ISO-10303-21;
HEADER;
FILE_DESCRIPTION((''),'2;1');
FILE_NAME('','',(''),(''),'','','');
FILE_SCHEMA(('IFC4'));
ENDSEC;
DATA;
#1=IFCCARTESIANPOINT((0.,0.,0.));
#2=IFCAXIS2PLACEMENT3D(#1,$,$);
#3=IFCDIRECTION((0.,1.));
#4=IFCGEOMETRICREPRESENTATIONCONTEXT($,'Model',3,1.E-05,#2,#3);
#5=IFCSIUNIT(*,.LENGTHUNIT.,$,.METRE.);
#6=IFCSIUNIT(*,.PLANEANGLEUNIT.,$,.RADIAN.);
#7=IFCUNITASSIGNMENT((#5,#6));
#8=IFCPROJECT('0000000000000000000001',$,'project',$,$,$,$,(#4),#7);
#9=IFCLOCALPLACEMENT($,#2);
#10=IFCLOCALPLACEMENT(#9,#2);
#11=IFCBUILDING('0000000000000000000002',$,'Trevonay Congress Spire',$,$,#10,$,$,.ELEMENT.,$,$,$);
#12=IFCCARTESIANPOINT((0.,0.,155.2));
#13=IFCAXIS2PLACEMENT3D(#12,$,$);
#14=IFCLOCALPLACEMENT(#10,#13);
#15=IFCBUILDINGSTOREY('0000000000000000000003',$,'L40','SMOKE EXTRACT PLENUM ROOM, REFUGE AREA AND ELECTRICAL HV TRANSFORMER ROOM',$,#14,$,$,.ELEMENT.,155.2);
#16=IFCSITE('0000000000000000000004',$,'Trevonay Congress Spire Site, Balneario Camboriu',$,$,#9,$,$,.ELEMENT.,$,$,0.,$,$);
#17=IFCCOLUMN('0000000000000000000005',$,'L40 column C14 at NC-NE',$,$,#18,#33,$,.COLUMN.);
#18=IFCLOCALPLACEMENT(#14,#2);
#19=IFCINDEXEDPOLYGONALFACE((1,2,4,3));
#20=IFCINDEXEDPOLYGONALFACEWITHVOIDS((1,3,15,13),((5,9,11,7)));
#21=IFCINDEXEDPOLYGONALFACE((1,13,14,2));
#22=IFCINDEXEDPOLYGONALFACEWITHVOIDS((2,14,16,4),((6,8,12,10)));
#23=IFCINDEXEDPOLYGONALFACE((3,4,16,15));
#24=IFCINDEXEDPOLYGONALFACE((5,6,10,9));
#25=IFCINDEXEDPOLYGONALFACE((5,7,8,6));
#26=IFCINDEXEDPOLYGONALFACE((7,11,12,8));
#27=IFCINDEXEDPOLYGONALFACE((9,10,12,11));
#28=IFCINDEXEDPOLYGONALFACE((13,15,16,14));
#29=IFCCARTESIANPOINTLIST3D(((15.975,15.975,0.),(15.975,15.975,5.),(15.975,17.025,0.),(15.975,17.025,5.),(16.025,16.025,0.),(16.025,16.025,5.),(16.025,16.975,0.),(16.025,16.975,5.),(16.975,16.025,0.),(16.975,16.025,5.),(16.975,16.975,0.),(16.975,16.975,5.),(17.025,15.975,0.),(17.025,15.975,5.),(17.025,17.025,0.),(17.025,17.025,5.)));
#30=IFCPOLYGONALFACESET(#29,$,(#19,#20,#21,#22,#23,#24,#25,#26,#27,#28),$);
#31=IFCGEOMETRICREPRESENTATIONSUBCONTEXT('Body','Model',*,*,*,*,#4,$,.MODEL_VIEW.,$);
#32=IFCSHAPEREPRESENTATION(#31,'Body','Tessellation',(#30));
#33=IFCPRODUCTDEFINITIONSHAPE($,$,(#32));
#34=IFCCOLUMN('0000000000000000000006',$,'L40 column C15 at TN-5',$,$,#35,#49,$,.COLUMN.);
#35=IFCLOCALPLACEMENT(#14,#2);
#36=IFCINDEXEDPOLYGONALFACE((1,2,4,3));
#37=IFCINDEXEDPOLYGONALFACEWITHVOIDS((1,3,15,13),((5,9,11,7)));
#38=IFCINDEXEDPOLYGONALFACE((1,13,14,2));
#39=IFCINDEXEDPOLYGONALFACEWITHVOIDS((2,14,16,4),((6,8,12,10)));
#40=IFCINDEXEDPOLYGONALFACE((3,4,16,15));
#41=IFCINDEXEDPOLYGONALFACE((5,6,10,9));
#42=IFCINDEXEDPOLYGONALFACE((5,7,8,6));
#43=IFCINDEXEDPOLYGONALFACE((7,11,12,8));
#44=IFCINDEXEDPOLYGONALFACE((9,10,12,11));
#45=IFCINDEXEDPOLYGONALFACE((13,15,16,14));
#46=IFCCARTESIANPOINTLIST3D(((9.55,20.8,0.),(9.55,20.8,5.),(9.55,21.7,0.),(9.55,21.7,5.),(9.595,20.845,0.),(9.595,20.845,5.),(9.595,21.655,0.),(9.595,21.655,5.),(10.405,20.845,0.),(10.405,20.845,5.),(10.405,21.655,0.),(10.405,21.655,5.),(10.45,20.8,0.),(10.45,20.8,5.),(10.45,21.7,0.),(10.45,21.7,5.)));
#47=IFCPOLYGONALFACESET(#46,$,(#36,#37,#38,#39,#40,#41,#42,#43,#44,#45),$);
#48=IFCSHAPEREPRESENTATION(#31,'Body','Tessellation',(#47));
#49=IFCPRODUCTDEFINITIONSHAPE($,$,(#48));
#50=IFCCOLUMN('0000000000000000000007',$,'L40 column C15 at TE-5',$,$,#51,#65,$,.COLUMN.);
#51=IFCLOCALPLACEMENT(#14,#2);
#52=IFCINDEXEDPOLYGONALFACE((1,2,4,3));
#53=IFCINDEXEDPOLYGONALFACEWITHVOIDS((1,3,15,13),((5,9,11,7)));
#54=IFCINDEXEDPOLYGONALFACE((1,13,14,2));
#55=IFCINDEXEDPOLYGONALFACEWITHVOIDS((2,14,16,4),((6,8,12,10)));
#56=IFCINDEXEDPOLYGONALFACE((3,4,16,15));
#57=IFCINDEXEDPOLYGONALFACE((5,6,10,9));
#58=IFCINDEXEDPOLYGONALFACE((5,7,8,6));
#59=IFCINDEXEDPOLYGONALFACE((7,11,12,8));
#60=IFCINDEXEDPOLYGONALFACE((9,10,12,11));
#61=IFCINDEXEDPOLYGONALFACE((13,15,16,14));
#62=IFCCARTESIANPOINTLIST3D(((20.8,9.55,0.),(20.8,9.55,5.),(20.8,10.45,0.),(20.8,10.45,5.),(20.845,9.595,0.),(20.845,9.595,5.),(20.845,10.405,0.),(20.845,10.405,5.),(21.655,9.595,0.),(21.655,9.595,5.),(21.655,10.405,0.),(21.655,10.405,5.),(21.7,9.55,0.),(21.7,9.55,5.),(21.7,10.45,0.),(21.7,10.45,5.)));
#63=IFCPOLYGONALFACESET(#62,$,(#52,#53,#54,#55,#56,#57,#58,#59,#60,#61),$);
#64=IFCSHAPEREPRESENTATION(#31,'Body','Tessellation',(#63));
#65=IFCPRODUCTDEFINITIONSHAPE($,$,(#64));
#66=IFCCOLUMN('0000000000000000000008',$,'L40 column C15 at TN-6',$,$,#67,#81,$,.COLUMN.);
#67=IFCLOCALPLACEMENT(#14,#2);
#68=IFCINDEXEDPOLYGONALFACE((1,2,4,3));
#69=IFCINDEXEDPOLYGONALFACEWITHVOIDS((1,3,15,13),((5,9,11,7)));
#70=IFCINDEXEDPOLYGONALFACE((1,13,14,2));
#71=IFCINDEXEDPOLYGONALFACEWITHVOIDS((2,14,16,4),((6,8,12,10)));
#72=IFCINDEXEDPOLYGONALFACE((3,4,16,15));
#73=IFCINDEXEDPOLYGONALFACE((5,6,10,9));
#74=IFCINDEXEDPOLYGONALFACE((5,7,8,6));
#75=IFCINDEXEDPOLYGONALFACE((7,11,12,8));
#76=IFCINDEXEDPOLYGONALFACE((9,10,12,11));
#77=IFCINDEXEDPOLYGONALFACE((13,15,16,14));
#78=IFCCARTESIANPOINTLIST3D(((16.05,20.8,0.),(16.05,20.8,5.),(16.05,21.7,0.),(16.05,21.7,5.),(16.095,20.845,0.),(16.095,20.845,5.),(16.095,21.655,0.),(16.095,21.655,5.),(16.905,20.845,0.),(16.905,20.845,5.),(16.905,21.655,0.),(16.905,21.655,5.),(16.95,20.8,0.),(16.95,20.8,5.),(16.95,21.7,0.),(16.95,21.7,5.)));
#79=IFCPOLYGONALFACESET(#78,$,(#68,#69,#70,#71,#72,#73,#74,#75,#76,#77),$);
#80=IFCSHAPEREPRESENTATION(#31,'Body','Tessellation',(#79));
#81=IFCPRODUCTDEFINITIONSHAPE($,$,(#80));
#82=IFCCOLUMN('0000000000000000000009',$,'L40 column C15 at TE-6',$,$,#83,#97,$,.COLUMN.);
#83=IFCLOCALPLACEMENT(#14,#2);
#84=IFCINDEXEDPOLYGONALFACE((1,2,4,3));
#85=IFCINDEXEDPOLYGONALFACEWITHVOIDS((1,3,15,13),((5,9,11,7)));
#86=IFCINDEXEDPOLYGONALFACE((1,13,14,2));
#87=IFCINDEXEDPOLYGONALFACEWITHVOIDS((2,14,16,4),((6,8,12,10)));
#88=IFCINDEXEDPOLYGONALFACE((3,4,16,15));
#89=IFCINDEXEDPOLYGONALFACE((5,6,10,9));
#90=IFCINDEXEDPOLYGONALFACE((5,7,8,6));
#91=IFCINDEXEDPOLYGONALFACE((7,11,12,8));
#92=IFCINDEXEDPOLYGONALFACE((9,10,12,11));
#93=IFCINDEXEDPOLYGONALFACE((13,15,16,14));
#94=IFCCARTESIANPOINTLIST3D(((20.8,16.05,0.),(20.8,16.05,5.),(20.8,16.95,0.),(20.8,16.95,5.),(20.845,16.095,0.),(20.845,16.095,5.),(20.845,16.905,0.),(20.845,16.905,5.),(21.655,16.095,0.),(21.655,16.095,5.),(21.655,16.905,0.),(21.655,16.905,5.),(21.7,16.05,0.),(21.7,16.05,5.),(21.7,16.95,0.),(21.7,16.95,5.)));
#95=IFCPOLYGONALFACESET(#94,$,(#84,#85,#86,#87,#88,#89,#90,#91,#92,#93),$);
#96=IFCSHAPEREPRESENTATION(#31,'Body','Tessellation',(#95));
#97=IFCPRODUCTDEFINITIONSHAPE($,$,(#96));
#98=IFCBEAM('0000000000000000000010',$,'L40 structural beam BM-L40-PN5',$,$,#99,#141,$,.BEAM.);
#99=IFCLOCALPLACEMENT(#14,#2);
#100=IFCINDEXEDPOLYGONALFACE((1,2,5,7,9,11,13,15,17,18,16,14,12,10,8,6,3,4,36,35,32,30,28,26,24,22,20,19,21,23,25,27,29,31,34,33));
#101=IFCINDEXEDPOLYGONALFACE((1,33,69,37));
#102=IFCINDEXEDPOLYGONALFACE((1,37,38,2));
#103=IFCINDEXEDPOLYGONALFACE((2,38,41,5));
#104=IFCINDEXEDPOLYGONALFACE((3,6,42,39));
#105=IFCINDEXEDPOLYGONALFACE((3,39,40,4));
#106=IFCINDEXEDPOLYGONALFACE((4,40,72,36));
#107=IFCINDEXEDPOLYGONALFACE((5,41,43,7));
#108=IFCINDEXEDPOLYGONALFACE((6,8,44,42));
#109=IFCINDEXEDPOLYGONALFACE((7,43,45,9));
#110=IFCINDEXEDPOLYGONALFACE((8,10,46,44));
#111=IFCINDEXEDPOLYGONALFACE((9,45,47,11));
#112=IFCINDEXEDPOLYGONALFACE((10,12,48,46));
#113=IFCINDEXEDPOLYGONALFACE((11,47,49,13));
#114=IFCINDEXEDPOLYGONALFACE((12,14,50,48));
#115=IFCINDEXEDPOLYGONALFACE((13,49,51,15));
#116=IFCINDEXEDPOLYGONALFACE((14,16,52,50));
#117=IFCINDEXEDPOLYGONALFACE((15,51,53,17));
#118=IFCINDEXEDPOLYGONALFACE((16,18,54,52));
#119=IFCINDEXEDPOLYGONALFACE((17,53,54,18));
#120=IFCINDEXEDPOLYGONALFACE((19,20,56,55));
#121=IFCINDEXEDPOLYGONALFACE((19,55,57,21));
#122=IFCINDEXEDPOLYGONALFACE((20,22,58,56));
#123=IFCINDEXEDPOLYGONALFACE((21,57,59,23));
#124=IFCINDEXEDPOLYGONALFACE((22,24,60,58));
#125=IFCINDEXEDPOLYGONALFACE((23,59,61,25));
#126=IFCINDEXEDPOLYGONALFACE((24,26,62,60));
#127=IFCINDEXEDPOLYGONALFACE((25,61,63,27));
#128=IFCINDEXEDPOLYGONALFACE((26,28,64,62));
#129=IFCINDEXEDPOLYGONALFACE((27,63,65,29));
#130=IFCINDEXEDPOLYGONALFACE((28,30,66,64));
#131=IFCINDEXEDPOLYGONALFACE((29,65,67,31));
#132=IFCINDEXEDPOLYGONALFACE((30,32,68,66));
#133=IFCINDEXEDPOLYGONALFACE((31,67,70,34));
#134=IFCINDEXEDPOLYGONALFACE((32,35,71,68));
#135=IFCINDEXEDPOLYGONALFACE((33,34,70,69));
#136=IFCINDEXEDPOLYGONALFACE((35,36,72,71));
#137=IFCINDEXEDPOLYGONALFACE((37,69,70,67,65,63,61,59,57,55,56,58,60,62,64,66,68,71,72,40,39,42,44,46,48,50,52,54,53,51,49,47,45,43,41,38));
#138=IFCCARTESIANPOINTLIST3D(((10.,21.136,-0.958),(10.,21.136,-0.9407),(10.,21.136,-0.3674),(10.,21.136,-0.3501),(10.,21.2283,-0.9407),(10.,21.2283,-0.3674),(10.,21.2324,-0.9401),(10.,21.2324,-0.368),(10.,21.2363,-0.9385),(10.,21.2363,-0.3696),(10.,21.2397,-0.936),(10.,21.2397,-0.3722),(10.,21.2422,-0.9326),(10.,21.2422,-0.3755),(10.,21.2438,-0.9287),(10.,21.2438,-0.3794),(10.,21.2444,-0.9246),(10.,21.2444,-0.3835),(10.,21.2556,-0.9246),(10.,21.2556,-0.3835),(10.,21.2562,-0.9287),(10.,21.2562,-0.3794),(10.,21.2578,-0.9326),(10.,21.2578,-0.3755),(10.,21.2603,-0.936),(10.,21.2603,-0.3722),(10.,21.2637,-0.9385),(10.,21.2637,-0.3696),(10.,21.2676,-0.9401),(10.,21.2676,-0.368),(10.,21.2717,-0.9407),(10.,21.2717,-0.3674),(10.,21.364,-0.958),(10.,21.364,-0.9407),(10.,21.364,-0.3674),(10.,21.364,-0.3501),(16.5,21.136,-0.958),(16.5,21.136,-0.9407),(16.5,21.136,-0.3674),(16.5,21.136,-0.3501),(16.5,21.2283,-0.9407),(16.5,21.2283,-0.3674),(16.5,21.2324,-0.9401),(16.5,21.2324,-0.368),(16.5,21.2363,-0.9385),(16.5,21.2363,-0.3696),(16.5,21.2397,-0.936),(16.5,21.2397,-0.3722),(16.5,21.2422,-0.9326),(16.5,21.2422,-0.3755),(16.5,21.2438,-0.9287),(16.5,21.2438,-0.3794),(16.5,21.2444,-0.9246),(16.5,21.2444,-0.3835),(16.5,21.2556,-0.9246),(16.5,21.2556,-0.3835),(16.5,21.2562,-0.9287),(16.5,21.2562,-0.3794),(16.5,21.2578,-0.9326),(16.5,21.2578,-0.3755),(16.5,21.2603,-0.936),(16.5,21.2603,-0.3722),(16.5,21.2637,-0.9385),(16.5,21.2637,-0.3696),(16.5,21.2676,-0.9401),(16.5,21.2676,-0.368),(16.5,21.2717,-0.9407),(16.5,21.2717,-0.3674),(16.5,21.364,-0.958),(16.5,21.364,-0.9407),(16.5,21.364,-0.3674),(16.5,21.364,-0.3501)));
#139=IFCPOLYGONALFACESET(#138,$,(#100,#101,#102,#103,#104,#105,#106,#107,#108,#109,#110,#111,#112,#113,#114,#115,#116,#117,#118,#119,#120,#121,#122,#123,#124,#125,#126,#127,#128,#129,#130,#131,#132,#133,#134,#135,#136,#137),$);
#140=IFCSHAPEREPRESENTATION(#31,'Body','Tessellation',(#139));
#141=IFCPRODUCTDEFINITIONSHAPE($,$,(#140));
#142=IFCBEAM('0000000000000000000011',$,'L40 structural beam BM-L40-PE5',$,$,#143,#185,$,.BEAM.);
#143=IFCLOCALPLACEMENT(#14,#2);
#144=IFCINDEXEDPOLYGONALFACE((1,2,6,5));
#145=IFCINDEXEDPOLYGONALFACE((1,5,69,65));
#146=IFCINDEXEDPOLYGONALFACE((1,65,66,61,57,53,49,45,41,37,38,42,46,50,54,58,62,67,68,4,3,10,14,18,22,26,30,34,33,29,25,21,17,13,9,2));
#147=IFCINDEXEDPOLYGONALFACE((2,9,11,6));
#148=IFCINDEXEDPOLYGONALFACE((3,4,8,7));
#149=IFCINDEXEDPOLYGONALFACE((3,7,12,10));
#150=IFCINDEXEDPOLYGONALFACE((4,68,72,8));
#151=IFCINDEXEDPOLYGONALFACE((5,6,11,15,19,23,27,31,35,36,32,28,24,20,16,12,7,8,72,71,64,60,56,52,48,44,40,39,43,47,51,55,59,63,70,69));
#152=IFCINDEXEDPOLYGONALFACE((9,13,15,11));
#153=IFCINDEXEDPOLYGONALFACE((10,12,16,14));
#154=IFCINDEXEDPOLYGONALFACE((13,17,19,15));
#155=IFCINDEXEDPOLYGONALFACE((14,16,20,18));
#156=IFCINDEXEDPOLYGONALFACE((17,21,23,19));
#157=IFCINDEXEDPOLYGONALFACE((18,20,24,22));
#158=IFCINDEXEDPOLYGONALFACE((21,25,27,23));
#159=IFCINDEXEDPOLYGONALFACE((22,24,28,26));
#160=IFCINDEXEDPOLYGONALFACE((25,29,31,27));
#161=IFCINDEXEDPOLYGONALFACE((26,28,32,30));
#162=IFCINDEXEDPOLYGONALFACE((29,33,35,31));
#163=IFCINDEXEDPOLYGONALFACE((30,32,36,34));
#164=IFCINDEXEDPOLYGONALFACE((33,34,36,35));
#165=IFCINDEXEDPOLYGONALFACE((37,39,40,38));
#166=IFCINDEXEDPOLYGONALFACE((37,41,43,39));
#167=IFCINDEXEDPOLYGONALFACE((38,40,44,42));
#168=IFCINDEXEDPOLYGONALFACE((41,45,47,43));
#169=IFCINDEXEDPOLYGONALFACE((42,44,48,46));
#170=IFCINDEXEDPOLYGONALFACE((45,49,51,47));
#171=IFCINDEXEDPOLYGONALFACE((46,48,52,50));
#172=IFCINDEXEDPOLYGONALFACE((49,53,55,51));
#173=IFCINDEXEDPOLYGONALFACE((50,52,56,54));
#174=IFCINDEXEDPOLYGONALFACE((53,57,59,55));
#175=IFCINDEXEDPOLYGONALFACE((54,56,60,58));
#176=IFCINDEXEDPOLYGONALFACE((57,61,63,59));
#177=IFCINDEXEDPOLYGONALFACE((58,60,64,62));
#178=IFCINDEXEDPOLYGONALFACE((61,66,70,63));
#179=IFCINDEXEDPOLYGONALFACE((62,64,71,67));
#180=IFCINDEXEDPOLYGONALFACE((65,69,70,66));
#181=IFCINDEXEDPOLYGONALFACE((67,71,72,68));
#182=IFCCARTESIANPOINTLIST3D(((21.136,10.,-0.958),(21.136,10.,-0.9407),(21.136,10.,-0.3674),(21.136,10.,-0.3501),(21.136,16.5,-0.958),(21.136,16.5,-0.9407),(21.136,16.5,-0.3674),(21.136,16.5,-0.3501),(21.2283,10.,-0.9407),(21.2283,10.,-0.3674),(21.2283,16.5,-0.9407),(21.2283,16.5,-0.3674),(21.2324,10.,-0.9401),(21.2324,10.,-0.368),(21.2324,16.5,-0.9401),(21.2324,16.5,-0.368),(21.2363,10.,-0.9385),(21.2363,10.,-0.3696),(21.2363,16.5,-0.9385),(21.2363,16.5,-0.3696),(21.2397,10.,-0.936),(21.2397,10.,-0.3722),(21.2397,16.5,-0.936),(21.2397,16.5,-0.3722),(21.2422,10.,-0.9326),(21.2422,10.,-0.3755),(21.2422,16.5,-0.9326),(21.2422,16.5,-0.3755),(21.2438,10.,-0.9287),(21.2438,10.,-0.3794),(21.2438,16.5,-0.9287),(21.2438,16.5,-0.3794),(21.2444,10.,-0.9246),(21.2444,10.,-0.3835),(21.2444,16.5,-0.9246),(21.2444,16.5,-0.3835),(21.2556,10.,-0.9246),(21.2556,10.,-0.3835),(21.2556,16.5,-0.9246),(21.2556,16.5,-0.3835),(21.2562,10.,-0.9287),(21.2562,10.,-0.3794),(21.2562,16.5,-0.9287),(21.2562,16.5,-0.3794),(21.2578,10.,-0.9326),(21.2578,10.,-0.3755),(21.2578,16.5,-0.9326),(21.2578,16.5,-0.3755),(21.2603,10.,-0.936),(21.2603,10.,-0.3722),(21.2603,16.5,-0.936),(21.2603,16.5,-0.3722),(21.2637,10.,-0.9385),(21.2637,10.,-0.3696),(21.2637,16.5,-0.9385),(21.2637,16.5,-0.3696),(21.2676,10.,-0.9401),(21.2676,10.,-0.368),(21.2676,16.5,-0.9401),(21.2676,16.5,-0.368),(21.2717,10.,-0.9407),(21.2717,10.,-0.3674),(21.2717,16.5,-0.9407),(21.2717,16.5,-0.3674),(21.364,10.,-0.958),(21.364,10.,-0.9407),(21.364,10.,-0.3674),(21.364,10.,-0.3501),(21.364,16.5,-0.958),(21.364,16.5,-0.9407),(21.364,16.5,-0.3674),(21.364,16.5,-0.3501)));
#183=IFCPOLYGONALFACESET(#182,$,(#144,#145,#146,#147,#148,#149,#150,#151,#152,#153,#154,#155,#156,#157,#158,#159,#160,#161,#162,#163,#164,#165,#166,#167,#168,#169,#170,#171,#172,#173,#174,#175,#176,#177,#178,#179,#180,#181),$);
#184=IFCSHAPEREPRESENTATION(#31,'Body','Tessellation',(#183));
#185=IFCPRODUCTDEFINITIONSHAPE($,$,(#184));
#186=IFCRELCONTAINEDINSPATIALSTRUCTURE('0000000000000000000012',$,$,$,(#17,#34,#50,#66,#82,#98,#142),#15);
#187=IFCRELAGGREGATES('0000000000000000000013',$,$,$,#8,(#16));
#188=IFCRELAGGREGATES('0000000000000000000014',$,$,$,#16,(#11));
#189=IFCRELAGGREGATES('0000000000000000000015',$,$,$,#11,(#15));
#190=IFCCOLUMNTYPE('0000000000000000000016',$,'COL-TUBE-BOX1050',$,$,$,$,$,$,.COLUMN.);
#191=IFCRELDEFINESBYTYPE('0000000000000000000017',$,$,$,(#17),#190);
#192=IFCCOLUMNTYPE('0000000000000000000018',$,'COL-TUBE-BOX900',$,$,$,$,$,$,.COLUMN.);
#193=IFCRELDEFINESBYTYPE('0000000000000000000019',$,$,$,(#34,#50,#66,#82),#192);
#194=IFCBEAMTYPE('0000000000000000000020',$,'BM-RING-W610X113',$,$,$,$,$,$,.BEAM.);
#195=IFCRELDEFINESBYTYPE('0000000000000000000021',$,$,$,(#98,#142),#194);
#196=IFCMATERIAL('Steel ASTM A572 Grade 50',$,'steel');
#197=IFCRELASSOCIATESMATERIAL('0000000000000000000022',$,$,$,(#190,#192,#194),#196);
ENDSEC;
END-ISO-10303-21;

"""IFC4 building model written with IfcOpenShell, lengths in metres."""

from ifc_helpers import new_model, si_unit, direction, frame, origin, origin_2d, place, context, subcontext, project, spatial, hollow_rectangle, i_section, extrude, material, material_profile, profile_set, type_object, element, save


model = new_model("IFC4")

# Units and contexts
model_context = context("Model", 3, precision=1e-05, world=origin(), true_north=direction((0.0, 1.0)))
body_context = subcontext(model_context, "Body", "Model", "MODEL_VIEW")
ifc_project = project(units=[si_unit("LENGTHUNIT", "METRE"), si_unit("PLANEANGLEUNIT", "RADIAN")], contexts=[model_context])

# Site, building, storey
site_placement = place(None, origin())
site = spatial("IfcSite", under=ifc_project, at=site_placement, Name="Trevonay Congress Spire Site, Balneario Camboriu", CompositionType="ELEMENT", RefElevation=0.0)
building_placement = place(site_placement, origin())
building = spatial("IfcBuilding", under=site, at=building_placement, Name="Trevonay Congress Spire", CompositionType="ELEMENT")
storey_placement = place(building_placement, frame((0.0, 0.0, 155.2)))
storey = spatial("IfcBuildingStorey", under=building, at=storey_placement, Name="L40", Description="SMOKE EXTRACT PLENUM ROOM, REFUGE AREA AND ELECTRICAL HV TRANSFORMER ROOM", CompositionType="ELEMENT", Elevation=155.2)

# Columns
ifc_material_1 = material(Name="Steel ASTM A572 Grade 50", Category="steel")
ifc_material_profile_1 = material_profile(ifc_material_1, hollow_rectangle(XDim=1.05, YDim=1.05, WallThickness=0.05, at=origin_2d()), Name="BOX 1050x1050x50")
ifc_profile_set_1 = profile_set([ifc_material_profile_1], Name="Steel ASTM A572 Grade 50")
column_type_1 = type_object("IfcColumnType", Name="COL-TUBE-BOX1050", PredefinedType="COLUMN", material=ifc_profile_set_1)
column_placement = place(storey_placement, frame((16.5, 16.5, 0.0), z_axis=(0.0, 0.0, 1.0), x_axis=(1.0, 0.0, 0.0)))
element("IfcColumn", 1, at=column_placement, inside=storey, type_object=column_type_1, Name="L40 column C14 at NC-NE", PredefinedType="COLUMN", context=body_context, shape_type="SweptSolid", body=[
    extrude(hollow_rectangle(XDim=1.05, YDim=1.05, WallThickness=0.05, at=origin_2d()), origin(), (0.0, 0.0, 1.0), 5.0),
])
ifc_material_profile_2 = material_profile(ifc_material_1, hollow_rectangle(XDim=0.8999, YDim=0.8999, WallThickness=0.0449, at=origin_2d()), Name="BOX 900x900x45")
ifc_profile_set_2 = profile_set([ifc_material_profile_2], Name="Steel ASTM A572 Grade 50")
column_type_2 = type_object("IfcColumnType", Name="COL-TUBE-BOX900", PredefinedType="COLUMN", material=ifc_profile_set_2)
for number, where, z_axis, x_axis, name in (
    (2, (10.0, 21.25, 0.0), (0.0, 0.0, 1.0), (1.0, 0.0, 0.0), "L40 column C15 at TN-5"),
    (3, (21.25, 10.0, 0.0), (0.0, 0.0, 1.0), (1.0, 0.0, 0.0), "L40 column C15 at TE-5"),
    (4, (16.5, 21.25, 0.0), (0.0, 0.0, 1.0), (1.0, 0.0, 0.0), "L40 column C15 at TN-6"),
    (5, (21.25, 16.5, 0.0), (0.0, 0.0, 1.0), (1.0, 0.0, 0.0), "L40 column C15 at TE-6"),
):
    element("IfcColumn", number, at=place(storey_placement, frame(where, z_axis=z_axis, x_axis=x_axis)), inside=storey, type_object=column_type_2, Name=name, PredefinedType="COLUMN", context=body_context, shape_type="SweptSolid", body=[
        extrude(hollow_rectangle(XDim=0.8999, YDim=0.8999, WallThickness=0.0449, at=origin_2d()), origin(), (0.0, 0.0, 1.0), 5.0),
    ])

# Beams
ifc_material_profile_3 = material_profile(ifc_material_1, i_section(OverallWidth=0.228, OverallDepth=0.6079, WebThickness=0.0112, FlangeThickness=0.0173, FilletRadius=0.0161, at=origin_2d()), Name="W610x113")
ifc_profile_set_3 = profile_set([ifc_material_profile_3], Name="Steel ASTM A572 Grade 50")
beam_type = type_object("IfcBeamType", Name="BM-RING-W610X113", PredefinedType="BEAM", material=ifc_profile_set_3)
for number, where, z_axis, x_axis, name in (
    (6, (10.0, 21.25, -0.6541), (1.0, 0.0, 0.0), (0.0, 1.0, 0.0), "L40 structural beam BM-L40-PN5"),
    (7, (21.25, 10.0, -0.6541), (0.0, 1.0, 0.0), (-1.0, 0.0, 0.0), "L40 structural beam BM-L40-PE5"),
):
    element("IfcBeam", number, at=place(storey_placement, frame(where, z_axis=z_axis, x_axis=x_axis)), inside=storey, type_object=beam_type, Name=name, PredefinedType="BEAM", context=body_context, shape_type="SweptSolid", body=[
        extrude(i_section(OverallWidth=0.228, OverallDepth=0.6079, WebThickness=0.0112, FlangeThickness=0.0173, FilletRadius=0.0161, at=origin_2d()), origin(), (0.0, 0.0, 1.0), 6.5),
    ])

save(model, "model.ifc")
